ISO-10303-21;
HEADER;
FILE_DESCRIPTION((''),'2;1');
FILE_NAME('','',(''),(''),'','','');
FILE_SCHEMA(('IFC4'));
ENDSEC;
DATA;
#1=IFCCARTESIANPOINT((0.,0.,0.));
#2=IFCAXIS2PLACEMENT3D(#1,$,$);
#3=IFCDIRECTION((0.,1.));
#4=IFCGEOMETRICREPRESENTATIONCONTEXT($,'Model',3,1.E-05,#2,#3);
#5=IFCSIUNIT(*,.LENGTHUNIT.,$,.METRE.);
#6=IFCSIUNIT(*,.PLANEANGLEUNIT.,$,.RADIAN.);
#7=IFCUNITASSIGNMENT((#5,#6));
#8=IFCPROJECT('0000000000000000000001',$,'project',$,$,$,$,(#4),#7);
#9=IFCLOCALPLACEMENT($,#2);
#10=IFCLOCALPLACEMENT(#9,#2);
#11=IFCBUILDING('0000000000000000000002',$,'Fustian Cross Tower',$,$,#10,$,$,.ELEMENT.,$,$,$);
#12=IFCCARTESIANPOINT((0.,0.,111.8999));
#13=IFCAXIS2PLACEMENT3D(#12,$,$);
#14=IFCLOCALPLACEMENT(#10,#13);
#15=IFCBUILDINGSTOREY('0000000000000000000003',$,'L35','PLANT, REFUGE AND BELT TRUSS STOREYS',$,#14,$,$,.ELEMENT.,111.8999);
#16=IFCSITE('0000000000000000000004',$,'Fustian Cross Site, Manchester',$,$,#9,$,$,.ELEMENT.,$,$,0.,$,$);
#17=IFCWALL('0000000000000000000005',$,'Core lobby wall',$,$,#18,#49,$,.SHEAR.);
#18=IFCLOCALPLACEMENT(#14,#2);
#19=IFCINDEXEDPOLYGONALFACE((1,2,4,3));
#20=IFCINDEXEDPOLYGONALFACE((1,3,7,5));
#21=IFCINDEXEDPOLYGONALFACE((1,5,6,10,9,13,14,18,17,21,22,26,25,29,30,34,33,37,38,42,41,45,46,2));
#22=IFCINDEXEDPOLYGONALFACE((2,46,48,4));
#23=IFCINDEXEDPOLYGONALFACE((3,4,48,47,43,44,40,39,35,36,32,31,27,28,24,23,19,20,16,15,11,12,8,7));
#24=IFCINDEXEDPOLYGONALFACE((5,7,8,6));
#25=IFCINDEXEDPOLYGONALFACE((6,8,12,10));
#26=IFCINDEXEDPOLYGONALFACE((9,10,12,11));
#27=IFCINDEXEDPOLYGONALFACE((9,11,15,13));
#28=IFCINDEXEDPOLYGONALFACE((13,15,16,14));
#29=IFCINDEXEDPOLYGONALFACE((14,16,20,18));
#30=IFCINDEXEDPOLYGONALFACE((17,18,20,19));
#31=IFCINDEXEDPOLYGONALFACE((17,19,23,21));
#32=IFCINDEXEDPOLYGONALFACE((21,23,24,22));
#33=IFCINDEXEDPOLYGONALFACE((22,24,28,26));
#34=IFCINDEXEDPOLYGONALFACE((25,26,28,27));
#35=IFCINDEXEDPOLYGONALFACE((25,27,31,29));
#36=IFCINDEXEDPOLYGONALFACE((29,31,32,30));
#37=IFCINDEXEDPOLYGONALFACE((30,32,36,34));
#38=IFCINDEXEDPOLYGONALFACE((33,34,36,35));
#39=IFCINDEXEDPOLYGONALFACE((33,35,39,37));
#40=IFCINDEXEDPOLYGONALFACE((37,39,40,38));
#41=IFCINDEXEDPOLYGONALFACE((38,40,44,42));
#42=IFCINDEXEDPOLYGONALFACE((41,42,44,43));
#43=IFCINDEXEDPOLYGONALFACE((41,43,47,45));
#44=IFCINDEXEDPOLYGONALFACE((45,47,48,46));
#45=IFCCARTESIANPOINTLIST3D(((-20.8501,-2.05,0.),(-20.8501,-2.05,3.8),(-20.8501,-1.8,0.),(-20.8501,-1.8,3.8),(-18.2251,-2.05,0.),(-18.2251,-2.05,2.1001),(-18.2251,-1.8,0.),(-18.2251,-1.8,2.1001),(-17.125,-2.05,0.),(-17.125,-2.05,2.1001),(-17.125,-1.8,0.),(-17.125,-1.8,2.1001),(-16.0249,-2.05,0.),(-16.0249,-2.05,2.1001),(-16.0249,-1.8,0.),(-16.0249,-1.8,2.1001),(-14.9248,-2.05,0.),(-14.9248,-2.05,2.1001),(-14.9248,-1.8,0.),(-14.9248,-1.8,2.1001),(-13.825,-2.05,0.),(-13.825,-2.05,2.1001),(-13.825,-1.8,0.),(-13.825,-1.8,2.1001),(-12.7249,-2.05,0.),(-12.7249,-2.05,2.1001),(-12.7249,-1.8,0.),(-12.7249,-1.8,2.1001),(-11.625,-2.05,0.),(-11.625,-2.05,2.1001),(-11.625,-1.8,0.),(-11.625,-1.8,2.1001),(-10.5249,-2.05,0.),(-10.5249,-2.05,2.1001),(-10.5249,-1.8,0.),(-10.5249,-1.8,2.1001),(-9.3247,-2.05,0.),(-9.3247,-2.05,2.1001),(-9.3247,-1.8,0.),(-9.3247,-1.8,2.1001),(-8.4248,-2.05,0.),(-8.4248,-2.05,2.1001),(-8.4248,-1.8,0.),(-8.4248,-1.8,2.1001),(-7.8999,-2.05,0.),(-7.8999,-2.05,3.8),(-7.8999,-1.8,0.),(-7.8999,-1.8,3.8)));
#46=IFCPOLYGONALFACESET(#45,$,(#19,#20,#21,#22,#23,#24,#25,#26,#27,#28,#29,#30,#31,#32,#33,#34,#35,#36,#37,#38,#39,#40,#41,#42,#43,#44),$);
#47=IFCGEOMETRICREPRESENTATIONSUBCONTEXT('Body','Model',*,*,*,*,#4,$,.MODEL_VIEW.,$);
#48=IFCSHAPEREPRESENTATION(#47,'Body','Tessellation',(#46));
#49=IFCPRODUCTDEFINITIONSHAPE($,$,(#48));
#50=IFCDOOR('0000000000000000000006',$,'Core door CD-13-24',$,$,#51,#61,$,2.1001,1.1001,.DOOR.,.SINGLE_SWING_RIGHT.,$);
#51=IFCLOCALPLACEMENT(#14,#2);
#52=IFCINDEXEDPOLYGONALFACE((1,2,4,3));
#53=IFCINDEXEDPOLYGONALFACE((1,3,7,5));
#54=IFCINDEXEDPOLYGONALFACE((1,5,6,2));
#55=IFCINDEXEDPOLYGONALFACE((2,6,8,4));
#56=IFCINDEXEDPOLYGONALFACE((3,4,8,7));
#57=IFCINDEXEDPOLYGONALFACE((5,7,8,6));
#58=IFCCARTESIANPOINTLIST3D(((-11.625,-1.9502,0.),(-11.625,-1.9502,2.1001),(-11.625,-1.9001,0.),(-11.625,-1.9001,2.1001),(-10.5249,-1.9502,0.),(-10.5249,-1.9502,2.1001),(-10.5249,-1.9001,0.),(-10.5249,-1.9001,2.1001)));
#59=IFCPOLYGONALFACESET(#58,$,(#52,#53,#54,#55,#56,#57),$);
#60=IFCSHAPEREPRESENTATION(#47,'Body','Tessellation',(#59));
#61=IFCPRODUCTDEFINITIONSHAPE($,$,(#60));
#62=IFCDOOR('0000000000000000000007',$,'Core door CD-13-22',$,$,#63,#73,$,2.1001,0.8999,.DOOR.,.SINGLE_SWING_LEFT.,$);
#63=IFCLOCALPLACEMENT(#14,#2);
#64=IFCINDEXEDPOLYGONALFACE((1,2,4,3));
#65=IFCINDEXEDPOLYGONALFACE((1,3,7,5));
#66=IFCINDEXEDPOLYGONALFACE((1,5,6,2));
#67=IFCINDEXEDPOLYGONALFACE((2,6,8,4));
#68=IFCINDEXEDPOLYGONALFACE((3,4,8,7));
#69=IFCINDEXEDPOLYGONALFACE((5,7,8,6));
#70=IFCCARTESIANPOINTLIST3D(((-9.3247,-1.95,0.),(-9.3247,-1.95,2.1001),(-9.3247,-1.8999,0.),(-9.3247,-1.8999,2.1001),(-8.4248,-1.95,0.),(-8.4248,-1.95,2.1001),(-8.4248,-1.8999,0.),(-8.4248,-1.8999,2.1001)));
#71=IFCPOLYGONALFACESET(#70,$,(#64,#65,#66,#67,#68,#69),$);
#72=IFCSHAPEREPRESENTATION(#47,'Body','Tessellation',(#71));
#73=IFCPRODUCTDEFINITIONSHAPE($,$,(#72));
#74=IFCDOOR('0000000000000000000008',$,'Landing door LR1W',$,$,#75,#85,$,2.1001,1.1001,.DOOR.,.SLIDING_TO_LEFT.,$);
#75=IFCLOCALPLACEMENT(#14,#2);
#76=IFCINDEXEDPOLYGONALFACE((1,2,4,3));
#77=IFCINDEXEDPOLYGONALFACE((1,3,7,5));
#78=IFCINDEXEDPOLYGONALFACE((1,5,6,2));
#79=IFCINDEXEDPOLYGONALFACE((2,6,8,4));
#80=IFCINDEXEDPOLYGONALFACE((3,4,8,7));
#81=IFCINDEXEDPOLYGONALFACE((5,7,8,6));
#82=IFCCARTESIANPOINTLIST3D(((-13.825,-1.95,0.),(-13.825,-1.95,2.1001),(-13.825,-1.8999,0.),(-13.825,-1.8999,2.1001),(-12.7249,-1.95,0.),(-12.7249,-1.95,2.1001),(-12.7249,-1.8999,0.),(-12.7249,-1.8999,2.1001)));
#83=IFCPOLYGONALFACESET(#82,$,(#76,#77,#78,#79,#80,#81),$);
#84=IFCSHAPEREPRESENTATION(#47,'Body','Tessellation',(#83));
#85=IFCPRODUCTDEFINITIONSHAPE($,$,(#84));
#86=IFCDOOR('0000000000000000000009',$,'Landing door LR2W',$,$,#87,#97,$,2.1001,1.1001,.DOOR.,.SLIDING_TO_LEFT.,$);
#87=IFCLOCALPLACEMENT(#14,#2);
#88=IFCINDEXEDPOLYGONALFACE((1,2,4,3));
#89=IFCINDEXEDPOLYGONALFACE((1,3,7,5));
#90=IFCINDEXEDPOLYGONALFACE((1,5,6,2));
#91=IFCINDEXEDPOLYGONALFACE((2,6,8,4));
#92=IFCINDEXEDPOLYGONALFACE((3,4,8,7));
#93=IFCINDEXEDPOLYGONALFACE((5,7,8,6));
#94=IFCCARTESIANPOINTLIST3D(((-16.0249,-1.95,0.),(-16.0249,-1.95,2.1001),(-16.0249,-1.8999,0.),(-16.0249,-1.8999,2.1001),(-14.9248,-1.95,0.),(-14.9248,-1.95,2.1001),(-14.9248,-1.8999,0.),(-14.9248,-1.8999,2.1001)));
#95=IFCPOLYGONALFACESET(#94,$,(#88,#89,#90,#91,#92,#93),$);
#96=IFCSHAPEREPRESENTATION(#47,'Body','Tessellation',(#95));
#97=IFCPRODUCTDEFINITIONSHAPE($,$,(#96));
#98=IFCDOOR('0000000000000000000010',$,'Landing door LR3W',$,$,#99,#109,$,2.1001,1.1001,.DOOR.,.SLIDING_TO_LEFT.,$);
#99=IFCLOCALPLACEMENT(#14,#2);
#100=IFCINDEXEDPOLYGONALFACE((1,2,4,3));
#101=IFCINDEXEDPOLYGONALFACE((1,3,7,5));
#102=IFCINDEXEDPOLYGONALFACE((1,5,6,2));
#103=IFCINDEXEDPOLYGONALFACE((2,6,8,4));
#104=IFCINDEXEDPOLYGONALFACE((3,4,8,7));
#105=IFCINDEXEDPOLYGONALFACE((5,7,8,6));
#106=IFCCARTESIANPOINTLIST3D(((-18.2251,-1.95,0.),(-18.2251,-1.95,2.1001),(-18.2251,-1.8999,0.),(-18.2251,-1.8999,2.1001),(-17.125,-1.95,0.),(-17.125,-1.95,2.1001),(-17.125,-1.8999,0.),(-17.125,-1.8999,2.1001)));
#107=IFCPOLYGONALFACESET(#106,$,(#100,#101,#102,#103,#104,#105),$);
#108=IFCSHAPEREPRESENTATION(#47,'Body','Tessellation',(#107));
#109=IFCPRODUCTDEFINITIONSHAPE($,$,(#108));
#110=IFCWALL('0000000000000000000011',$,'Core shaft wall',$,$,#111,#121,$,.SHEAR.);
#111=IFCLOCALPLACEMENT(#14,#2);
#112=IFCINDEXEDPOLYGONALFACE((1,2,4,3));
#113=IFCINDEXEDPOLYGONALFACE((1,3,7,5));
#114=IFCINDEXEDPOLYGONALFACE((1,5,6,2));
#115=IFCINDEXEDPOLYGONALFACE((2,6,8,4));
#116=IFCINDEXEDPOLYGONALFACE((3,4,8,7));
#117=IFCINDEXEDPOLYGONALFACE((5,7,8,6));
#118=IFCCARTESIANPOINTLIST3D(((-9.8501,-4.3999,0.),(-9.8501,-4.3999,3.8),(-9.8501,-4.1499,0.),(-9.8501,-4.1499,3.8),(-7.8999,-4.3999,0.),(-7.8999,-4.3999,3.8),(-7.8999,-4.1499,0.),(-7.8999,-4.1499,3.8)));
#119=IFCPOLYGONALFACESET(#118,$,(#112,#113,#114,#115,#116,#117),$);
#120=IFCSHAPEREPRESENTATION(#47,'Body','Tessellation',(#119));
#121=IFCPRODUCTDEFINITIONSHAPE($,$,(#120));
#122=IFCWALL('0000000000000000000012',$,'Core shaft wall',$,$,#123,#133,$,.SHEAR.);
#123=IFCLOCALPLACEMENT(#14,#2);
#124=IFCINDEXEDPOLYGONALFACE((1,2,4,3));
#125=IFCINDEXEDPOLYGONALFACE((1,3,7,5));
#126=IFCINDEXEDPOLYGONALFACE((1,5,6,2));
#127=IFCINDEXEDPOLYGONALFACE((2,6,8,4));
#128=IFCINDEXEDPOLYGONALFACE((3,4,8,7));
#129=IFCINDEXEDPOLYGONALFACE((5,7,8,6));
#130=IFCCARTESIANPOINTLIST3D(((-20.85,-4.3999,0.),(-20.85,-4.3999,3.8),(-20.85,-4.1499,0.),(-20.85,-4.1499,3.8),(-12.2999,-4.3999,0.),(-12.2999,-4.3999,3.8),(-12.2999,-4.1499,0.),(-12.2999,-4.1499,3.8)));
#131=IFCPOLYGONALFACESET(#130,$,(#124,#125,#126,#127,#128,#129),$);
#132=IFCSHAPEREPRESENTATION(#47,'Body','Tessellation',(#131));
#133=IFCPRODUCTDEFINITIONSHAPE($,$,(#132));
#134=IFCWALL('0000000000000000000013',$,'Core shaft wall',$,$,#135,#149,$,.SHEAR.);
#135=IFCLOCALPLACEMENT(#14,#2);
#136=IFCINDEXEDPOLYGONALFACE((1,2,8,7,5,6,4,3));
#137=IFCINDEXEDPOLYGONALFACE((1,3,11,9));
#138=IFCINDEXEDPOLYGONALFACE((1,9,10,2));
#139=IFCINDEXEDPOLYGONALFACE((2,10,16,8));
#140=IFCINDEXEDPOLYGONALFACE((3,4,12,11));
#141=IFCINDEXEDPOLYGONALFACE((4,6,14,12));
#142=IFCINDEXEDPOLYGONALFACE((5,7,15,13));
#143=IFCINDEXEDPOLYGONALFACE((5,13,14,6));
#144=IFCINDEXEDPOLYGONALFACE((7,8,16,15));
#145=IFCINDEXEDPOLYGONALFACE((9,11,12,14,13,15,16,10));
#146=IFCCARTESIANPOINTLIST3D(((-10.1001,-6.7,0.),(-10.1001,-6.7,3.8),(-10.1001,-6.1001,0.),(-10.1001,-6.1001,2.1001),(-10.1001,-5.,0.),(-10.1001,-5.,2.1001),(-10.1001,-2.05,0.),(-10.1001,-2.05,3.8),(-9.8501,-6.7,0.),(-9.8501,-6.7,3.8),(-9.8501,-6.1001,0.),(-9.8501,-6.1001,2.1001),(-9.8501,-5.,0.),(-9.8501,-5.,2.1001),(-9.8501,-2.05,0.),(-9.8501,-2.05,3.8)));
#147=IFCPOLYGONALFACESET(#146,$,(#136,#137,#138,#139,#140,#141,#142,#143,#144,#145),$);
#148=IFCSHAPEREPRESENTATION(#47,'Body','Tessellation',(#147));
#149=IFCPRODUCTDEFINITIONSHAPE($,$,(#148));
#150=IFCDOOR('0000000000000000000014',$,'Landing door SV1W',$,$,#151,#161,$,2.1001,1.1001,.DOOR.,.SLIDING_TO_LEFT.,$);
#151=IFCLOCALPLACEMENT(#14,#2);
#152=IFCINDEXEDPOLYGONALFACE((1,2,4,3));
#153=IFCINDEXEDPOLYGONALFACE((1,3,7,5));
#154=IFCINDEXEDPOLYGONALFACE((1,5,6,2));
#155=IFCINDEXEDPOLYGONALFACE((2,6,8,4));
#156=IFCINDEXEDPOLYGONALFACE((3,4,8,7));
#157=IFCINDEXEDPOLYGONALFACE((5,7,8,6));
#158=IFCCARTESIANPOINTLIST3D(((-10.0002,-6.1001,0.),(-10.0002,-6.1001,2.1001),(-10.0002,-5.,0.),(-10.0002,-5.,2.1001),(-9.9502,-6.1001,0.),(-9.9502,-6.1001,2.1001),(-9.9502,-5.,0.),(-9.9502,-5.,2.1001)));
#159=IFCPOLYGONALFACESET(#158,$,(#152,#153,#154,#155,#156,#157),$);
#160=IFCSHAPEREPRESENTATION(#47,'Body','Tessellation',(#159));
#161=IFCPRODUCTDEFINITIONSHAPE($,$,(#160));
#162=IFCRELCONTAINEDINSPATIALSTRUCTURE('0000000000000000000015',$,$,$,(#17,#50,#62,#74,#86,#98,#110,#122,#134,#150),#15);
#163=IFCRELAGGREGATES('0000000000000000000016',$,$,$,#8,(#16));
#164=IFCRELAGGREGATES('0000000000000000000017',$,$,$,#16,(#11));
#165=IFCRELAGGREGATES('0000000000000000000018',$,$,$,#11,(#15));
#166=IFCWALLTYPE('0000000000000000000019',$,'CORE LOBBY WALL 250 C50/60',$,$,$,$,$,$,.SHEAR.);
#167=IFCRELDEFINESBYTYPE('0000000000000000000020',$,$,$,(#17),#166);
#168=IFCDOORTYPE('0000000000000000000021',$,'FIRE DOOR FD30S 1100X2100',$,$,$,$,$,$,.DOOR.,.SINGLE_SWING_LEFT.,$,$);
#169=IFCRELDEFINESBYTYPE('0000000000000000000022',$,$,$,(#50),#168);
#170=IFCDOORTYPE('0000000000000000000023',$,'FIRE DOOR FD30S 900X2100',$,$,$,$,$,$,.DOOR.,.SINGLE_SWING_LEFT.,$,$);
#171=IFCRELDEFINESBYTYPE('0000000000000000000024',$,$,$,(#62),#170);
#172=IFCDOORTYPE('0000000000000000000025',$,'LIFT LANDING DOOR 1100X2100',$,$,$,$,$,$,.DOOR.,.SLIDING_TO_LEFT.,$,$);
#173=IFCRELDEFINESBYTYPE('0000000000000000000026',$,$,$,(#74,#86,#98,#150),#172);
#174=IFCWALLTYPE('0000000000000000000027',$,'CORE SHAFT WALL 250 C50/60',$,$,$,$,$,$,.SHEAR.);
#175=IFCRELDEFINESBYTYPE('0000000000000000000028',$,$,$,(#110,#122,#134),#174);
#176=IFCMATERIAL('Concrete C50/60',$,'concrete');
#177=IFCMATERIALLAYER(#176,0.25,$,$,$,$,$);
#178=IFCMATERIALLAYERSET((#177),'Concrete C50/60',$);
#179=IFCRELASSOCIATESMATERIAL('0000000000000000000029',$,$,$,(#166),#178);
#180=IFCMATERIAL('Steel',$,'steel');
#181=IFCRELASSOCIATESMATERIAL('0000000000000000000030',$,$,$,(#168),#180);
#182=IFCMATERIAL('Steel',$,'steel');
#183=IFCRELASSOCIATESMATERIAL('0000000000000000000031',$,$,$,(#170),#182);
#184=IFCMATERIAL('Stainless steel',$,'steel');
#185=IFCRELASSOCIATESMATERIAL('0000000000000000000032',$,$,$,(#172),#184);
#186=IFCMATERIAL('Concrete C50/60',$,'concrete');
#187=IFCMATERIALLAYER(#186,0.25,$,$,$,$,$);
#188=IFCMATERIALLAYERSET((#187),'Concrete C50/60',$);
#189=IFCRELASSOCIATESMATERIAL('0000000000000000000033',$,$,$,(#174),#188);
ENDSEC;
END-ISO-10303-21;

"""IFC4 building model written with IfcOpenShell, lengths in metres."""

from ifc_helpers import new_model, si_unit, direction, frame, frame_2d, origin, place, context, subcontext, project, spatial, rectangle, extrude, material, layer, layer_set, type_object, element, fill, save


model = new_model("IFC4")

# Units and contexts
model_context = context("Model", 3, precision=1e-05, world=origin(), true_north=direction((0.0, 1.0)))
body_context = subcontext(model_context, "Body", "Model", "MODEL_VIEW")
ifc_project = project(units=[si_unit("LENGTHUNIT", "METRE"), si_unit("PLANEANGLEUNIT", "RADIAN")], contexts=[model_context])

# Site, building, storey
site_placement = place(None, origin())
site = spatial("IfcSite", under=ifc_project, at=site_placement, Name="Fustian Cross Site, Manchester", CompositionType="ELEMENT", RefElevation=0.0)
building_placement = place(site_placement, origin())
building = spatial("IfcBuilding", under=site, at=building_placement, Name="Fustian Cross Tower", CompositionType="ELEMENT")
storey_placement = place(building_placement, frame((0.0, 0.0, 111.8999)))
storey = spatial("IfcBuildingStorey", under=building, at=storey_placement, Name="L35", Description="PLANT, REFUGE AND BELT TRUSS STOREYS", CompositionType="ELEMENT", Elevation=111.8999)

# Wall, openings, doors
ifc_material_1 = material(Name="Concrete C50/60", Category="concrete")
ifc_layer_1 = layer(ifc_material_1, 0.25)
ifc_layer_set_1 = layer_set([ifc_layer_1], Name="Concrete C50/60")
wall_type_1 = type_object("IfcWallType", Name="CORE LOBBY WALL 250 C50/60", PredefinedType="SHEAR", material=ifc_layer_set_1)
wall_1_placement = place(storey_placement, frame((-7.8999, -1.925, 0.0), z_axis=(0.0, 0.0, 1.0), x_axis=(-1.0, 0.0, 0.0)))
wall_1 = element("IfcWall", 1, at=wall_1_placement, inside=storey, type_object=wall_type_1, Name="Core lobby wall", PredefinedType="SHEAR", context=body_context, shape_type="SweptSolid", body=[
    extrude(rectangle(XDim=12.9502, YDim=0.25, at=frame_2d((6.4751, 0.0))), origin(), (0.0, 0.0, 1.0), 3.8),
])
opening_1_placement = place(wall_1_placement, frame((4.825, 0.0, 0.0)))
opening_1 = element("IfcOpeningElement", 2, at=opening_1_placement, cuts=wall_1, PredefinedType="OPENING", context=body_context, shape_type="SweptSolid", body=[
    extrude(rectangle(XDim=1.1001, YDim=2.1001, at=frame_2d((0.55, 1.05))), frame((0.0, 0.135, 0.0), z_axis=(0.0, -1.0, 0.0), x_axis=(1.0, 0.0, 0.0)), (0.0, 0.0, 1.0), 0.27),
])
opening_2_placement = place(wall_1_placement, frame((7.0249, 0.0, 0.0)))
opening_2 = element("IfcOpeningElement", 3, at=opening_2_placement, cuts=wall_1, PredefinedType="OPENING", context=body_context, shape_type="SweptSolid", body=[
    extrude(rectangle(XDim=1.1001, YDim=2.1001, at=frame_2d((0.55, 1.05))), frame((0.0, 0.135, 0.0), z_axis=(0.0, -1.0, 0.0), x_axis=(1.0, 0.0, 0.0)), (0.0, 0.0, 1.0), 0.27),
])
opening_3_placement = place(wall_1_placement, frame((9.2251, 0.0, 0.0)))
opening_3 = element("IfcOpeningElement", 4, at=opening_3_placement, cuts=wall_1, PredefinedType="OPENING", context=body_context, shape_type="SweptSolid", body=[
    extrude(rectangle(XDim=1.1001, YDim=2.1001, at=frame_2d((0.55, 1.05))), frame((0.0, 0.135, 0.0), z_axis=(0.0, -1.0, 0.0), x_axis=(1.0, 0.0, 0.0)), (0.0, 0.0, 1.0), 0.27),
])
opening_4_placement = place(wall_1_placement, frame((0.5249, 0.0, 0.0)))
opening_4 = element("IfcOpeningElement", 5, at=opening_4_placement, cuts=wall_1, PredefinedType="OPENING", context=body_context, shape_type="SweptSolid", body=[
    extrude(rectangle(XDim=0.8999, YDim=2.1001, at=frame_2d((0.45, 1.05))), frame((0.0, 0.135, 0.0), z_axis=(0.0, -1.0, 0.0), x_axis=(1.0, 0.0, 0.0)), (0.0, 0.0, 1.0), 0.27),
])
opening_5_placement = place(wall_1_placement, frame((2.625, 0.0, 0.0)))
opening_5 = element("IfcOpeningElement", 6, at=opening_5_placement, cuts=wall_1, PredefinedType="OPENING", context=body_context, shape_type="SweptSolid", body=[
    extrude(rectangle(XDim=1.1001, YDim=2.1001, at=frame_2d((0.55, 1.05))), frame((0.0, 0.135, 0.0), z_axis=(0.0, -1.0, 0.0), x_axis=(1.0, 0.0, 0.0)), (0.0, 0.0, 1.0), 0.27),
])
ifc_material_2 = material(Name="Steel", Category="steel")
door_type_1 = type_object("IfcDoorType", Name="FIRE DOOR FD30S 1100X2100", OperationType="SINGLE_SWING_LEFT", PredefinedType="DOOR", material=ifc_material_2)
door_1_placement = place(opening_5_placement, frame((1.1001, 0.0, 0.0), z_axis=(0.0, 0.0, 1.0), x_axis=(-1.0, 0.0, 0.0)))
door_1 = element("IfcDoor", 7, at=door_1_placement, inside=storey, type_object=door_type_1, Name="Core door CD-13-24", OperationType="SINGLE_SWING_RIGHT", OverallHeight=2.1001, OverallWidth=1.1001, PredefinedType="DOOR", context=body_context, shape_type="SweptSolid", body=[
    extrude(rectangle(XDim=1.1001, YDim=2.1001, at=frame_2d((0.55, 1.05))), frame((0.0, 0.0249, 0.0), z_axis=(0.0, -1.0, 0.0), x_axis=(1.0, 0.0, 0.0)), (0.0, 0.0, 1.0), 0.05),
])
fill(opening_5, door_1)
ifc_material_3 = material(Name="Steel", Category="steel")
door_type_2 = type_object("IfcDoorType", Name="FIRE DOOR FD30S 900X2100", OperationType="SINGLE_SWING_LEFT", PredefinedType="DOOR", material=ifc_material_3)
door_2_placement = place(opening_4_placement, origin())
door_2 = element("IfcDoor", 8, at=door_2_placement, inside=storey, type_object=door_type_2, Name="Core door CD-13-22", OperationType="SINGLE_SWING_LEFT", OverallHeight=2.1001, OverallWidth=0.8999, PredefinedType="DOOR", context=body_context, shape_type="SweptSolid", body=[
    extrude(rectangle(XDim=0.8999, YDim=2.1001, at=frame_2d((0.45, 1.05))), frame((0.0, 0.0249, 0.0), z_axis=(0.0, -1.0, 0.0), x_axis=(1.0, 0.0, 0.0)), (0.0, 0.0, 1.0), 0.05),
])
fill(opening_4, door_2)
ifc_material_4 = material(Name="Stainless steel", Category="steel")
door_type_3 = type_object("IfcDoorType", Name="LIFT LANDING DOOR 1100X2100", OperationType="SLIDING_TO_LEFT", PredefinedType="DOOR", material=ifc_material_4)
door_3_placement = place(opening_1_placement, origin())
door_3 = element("IfcDoor", 9, at=door_3_placement, inside=storey, type_object=door_type_3, Name="Landing door LR1W", OperationType="SLIDING_TO_LEFT", OverallHeight=2.1001, OverallWidth=1.1001, PredefinedType="DOOR", context=body_context, shape_type="SweptSolid", body=[
    extrude(rectangle(XDim=1.1001, YDim=2.1001, at=frame_2d((0.55, 1.05))), frame((0.0, 0.0249, 0.0), z_axis=(0.0, -1.0, 0.0), x_axis=(1.0, 0.0, 0.0)), (0.0, 0.0, 1.0), 0.05),
])
fill(opening_1, door_3)
door_4_placement = place(opening_2_placement, origin())
door_4 = element("IfcDoor", 10, at=door_4_placement, inside=storey, type_object=door_type_3, Name="Landing door LR2W", OperationType="SLIDING_TO_LEFT", OverallHeight=2.1001, OverallWidth=1.1001, PredefinedType="DOOR", context=body_context, shape_type="SweptSolid", body=[
    extrude(rectangle(XDim=1.1001, YDim=2.1001, at=frame_2d((0.55, 1.05))), frame((0.0, 0.0249, 0.0), z_axis=(0.0, -1.0, 0.0), x_axis=(1.0, 0.0, 0.0)), (0.0, 0.0, 1.0), 0.05),
])
fill(opening_2, door_4)
door_5_placement = place(opening_3_placement, origin())
door_5 = element("IfcDoor", 11, at=door_5_placement, inside=storey, type_object=door_type_3, Name="Landing door LR3W", OperationType="SLIDING_TO_LEFT", OverallHeight=2.1001, OverallWidth=1.1001, PredefinedType="DOOR", context=body_context, shape_type="SweptSolid", body=[
    extrude(rectangle(XDim=1.1001, YDim=2.1001, at=frame_2d((0.55, 1.05))), frame((0.0, 0.0249, 0.0), z_axis=(0.0, -1.0, 0.0), x_axis=(1.0, 0.0, 0.0)), (0.0, 0.0, 1.0), 0.05),
])
fill(opening_3, door_5)

# Walls
ifc_material_5 = material(Name="Concrete C50/60", Category="concrete")
ifc_layer_2 = layer(ifc_material_5, 0.25)
ifc_layer_set_2 = layer_set([ifc_layer_2], Name="Concrete C50/60")
wall_type_2 = type_object("IfcWallType", Name="CORE SHAFT WALL 250 C50/60", PredefinedType="SHEAR", material=ifc_layer_set_2)
wall_2_placement = place(storey_placement, frame((-7.8999, -4.2749, 0.0), z_axis=(0.0, 0.0, 1.0), x_axis=(-1.0, 0.0, 0.0)))
element("IfcWall", 12, at=wall_2_placement, inside=storey, type_object=wall_type_2, Name="Core shaft wall", PredefinedType="SHEAR", context=body_context, shape_type="SweptSolid", body=[
    extrude(rectangle(XDim=1.9502, YDim=0.25, at=frame_2d((0.9751, 0.0))), origin(), (0.0, 0.0, 1.0), 3.8),
])
wall_3_placement = place(storey_placement, frame((-12.3, -4.2749, 0.0), z_axis=(0.0, 0.0, 1.0), x_axis=(-1.0, 0.0, 0.0)))
element("IfcWall", 13, at=wall_3_placement, inside=storey, type_object=wall_type_2, Name="Core shaft wall", PredefinedType="SHEAR", context=body_context, shape_type="SweptSolid", body=[
    extrude(rectangle(XDim=8.55, YDim=0.25, at=frame_2d((4.2749, 0.0))), origin(), (0.0, 0.0, 1.0), 3.8),
])

# Wall, opening, door
wall_4_placement = place(storey_placement, frame((-9.9751, -2.05, 0.0), z_axis=(0.0, 0.0, 1.0), x_axis=(0.0, -1.0, 0.0)))
wall_4 = element("IfcWall", 14, at=wall_4_placement, inside=storey, type_object=wall_type_2, Name="Core shaft wall", PredefinedType="SHEAR", context=body_context, shape_type="SweptSolid", body=[
    extrude(rectangle(XDim=4.6499, YDim=0.25, at=frame_2d((2.325, 0.0))), origin(), (0.0, 0.0, 1.0), 3.8),
])
opening_6_placement = place(wall_4_placement, frame((2.95, 0.0, 0.0)))
opening_6 = element("IfcOpeningElement", 15, at=opening_6_placement, cuts=wall_4, PredefinedType="OPENING", context=body_context, shape_type="SweptSolid", body=[
    extrude(rectangle(XDim=1.1001, YDim=2.1001, at=frame_2d((0.55, 1.05))), frame((0.0, 0.135, 0.0), z_axis=(0.0, -1.0, 0.0), x_axis=(1.0, 0.0, 0.0)), (0.0, 0.0, 1.0), 0.27),
])
door_6_placement = place(opening_6_placement, origin())
door_6 = element("IfcDoor", 16, at=door_6_placement, inside=storey, type_object=door_type_3, Name="Landing door SV1W", OperationType="SLIDING_TO_LEFT", OverallHeight=2.1001, OverallWidth=1.1001, PredefinedType="DOOR", context=body_context, shape_type="SweptSolid", body=[
    extrude(rectangle(XDim=1.1001, YDim=2.1001, at=frame_2d((0.55, 1.05))), frame((0.0, 0.0249, 0.0), z_axis=(0.0, -1.0, 0.0), x_axis=(1.0, 0.0, 0.0)), (0.0, 0.0, 1.0), 0.05),
])
fill(opening_6, door_6)

save(model, "model.ifc")
